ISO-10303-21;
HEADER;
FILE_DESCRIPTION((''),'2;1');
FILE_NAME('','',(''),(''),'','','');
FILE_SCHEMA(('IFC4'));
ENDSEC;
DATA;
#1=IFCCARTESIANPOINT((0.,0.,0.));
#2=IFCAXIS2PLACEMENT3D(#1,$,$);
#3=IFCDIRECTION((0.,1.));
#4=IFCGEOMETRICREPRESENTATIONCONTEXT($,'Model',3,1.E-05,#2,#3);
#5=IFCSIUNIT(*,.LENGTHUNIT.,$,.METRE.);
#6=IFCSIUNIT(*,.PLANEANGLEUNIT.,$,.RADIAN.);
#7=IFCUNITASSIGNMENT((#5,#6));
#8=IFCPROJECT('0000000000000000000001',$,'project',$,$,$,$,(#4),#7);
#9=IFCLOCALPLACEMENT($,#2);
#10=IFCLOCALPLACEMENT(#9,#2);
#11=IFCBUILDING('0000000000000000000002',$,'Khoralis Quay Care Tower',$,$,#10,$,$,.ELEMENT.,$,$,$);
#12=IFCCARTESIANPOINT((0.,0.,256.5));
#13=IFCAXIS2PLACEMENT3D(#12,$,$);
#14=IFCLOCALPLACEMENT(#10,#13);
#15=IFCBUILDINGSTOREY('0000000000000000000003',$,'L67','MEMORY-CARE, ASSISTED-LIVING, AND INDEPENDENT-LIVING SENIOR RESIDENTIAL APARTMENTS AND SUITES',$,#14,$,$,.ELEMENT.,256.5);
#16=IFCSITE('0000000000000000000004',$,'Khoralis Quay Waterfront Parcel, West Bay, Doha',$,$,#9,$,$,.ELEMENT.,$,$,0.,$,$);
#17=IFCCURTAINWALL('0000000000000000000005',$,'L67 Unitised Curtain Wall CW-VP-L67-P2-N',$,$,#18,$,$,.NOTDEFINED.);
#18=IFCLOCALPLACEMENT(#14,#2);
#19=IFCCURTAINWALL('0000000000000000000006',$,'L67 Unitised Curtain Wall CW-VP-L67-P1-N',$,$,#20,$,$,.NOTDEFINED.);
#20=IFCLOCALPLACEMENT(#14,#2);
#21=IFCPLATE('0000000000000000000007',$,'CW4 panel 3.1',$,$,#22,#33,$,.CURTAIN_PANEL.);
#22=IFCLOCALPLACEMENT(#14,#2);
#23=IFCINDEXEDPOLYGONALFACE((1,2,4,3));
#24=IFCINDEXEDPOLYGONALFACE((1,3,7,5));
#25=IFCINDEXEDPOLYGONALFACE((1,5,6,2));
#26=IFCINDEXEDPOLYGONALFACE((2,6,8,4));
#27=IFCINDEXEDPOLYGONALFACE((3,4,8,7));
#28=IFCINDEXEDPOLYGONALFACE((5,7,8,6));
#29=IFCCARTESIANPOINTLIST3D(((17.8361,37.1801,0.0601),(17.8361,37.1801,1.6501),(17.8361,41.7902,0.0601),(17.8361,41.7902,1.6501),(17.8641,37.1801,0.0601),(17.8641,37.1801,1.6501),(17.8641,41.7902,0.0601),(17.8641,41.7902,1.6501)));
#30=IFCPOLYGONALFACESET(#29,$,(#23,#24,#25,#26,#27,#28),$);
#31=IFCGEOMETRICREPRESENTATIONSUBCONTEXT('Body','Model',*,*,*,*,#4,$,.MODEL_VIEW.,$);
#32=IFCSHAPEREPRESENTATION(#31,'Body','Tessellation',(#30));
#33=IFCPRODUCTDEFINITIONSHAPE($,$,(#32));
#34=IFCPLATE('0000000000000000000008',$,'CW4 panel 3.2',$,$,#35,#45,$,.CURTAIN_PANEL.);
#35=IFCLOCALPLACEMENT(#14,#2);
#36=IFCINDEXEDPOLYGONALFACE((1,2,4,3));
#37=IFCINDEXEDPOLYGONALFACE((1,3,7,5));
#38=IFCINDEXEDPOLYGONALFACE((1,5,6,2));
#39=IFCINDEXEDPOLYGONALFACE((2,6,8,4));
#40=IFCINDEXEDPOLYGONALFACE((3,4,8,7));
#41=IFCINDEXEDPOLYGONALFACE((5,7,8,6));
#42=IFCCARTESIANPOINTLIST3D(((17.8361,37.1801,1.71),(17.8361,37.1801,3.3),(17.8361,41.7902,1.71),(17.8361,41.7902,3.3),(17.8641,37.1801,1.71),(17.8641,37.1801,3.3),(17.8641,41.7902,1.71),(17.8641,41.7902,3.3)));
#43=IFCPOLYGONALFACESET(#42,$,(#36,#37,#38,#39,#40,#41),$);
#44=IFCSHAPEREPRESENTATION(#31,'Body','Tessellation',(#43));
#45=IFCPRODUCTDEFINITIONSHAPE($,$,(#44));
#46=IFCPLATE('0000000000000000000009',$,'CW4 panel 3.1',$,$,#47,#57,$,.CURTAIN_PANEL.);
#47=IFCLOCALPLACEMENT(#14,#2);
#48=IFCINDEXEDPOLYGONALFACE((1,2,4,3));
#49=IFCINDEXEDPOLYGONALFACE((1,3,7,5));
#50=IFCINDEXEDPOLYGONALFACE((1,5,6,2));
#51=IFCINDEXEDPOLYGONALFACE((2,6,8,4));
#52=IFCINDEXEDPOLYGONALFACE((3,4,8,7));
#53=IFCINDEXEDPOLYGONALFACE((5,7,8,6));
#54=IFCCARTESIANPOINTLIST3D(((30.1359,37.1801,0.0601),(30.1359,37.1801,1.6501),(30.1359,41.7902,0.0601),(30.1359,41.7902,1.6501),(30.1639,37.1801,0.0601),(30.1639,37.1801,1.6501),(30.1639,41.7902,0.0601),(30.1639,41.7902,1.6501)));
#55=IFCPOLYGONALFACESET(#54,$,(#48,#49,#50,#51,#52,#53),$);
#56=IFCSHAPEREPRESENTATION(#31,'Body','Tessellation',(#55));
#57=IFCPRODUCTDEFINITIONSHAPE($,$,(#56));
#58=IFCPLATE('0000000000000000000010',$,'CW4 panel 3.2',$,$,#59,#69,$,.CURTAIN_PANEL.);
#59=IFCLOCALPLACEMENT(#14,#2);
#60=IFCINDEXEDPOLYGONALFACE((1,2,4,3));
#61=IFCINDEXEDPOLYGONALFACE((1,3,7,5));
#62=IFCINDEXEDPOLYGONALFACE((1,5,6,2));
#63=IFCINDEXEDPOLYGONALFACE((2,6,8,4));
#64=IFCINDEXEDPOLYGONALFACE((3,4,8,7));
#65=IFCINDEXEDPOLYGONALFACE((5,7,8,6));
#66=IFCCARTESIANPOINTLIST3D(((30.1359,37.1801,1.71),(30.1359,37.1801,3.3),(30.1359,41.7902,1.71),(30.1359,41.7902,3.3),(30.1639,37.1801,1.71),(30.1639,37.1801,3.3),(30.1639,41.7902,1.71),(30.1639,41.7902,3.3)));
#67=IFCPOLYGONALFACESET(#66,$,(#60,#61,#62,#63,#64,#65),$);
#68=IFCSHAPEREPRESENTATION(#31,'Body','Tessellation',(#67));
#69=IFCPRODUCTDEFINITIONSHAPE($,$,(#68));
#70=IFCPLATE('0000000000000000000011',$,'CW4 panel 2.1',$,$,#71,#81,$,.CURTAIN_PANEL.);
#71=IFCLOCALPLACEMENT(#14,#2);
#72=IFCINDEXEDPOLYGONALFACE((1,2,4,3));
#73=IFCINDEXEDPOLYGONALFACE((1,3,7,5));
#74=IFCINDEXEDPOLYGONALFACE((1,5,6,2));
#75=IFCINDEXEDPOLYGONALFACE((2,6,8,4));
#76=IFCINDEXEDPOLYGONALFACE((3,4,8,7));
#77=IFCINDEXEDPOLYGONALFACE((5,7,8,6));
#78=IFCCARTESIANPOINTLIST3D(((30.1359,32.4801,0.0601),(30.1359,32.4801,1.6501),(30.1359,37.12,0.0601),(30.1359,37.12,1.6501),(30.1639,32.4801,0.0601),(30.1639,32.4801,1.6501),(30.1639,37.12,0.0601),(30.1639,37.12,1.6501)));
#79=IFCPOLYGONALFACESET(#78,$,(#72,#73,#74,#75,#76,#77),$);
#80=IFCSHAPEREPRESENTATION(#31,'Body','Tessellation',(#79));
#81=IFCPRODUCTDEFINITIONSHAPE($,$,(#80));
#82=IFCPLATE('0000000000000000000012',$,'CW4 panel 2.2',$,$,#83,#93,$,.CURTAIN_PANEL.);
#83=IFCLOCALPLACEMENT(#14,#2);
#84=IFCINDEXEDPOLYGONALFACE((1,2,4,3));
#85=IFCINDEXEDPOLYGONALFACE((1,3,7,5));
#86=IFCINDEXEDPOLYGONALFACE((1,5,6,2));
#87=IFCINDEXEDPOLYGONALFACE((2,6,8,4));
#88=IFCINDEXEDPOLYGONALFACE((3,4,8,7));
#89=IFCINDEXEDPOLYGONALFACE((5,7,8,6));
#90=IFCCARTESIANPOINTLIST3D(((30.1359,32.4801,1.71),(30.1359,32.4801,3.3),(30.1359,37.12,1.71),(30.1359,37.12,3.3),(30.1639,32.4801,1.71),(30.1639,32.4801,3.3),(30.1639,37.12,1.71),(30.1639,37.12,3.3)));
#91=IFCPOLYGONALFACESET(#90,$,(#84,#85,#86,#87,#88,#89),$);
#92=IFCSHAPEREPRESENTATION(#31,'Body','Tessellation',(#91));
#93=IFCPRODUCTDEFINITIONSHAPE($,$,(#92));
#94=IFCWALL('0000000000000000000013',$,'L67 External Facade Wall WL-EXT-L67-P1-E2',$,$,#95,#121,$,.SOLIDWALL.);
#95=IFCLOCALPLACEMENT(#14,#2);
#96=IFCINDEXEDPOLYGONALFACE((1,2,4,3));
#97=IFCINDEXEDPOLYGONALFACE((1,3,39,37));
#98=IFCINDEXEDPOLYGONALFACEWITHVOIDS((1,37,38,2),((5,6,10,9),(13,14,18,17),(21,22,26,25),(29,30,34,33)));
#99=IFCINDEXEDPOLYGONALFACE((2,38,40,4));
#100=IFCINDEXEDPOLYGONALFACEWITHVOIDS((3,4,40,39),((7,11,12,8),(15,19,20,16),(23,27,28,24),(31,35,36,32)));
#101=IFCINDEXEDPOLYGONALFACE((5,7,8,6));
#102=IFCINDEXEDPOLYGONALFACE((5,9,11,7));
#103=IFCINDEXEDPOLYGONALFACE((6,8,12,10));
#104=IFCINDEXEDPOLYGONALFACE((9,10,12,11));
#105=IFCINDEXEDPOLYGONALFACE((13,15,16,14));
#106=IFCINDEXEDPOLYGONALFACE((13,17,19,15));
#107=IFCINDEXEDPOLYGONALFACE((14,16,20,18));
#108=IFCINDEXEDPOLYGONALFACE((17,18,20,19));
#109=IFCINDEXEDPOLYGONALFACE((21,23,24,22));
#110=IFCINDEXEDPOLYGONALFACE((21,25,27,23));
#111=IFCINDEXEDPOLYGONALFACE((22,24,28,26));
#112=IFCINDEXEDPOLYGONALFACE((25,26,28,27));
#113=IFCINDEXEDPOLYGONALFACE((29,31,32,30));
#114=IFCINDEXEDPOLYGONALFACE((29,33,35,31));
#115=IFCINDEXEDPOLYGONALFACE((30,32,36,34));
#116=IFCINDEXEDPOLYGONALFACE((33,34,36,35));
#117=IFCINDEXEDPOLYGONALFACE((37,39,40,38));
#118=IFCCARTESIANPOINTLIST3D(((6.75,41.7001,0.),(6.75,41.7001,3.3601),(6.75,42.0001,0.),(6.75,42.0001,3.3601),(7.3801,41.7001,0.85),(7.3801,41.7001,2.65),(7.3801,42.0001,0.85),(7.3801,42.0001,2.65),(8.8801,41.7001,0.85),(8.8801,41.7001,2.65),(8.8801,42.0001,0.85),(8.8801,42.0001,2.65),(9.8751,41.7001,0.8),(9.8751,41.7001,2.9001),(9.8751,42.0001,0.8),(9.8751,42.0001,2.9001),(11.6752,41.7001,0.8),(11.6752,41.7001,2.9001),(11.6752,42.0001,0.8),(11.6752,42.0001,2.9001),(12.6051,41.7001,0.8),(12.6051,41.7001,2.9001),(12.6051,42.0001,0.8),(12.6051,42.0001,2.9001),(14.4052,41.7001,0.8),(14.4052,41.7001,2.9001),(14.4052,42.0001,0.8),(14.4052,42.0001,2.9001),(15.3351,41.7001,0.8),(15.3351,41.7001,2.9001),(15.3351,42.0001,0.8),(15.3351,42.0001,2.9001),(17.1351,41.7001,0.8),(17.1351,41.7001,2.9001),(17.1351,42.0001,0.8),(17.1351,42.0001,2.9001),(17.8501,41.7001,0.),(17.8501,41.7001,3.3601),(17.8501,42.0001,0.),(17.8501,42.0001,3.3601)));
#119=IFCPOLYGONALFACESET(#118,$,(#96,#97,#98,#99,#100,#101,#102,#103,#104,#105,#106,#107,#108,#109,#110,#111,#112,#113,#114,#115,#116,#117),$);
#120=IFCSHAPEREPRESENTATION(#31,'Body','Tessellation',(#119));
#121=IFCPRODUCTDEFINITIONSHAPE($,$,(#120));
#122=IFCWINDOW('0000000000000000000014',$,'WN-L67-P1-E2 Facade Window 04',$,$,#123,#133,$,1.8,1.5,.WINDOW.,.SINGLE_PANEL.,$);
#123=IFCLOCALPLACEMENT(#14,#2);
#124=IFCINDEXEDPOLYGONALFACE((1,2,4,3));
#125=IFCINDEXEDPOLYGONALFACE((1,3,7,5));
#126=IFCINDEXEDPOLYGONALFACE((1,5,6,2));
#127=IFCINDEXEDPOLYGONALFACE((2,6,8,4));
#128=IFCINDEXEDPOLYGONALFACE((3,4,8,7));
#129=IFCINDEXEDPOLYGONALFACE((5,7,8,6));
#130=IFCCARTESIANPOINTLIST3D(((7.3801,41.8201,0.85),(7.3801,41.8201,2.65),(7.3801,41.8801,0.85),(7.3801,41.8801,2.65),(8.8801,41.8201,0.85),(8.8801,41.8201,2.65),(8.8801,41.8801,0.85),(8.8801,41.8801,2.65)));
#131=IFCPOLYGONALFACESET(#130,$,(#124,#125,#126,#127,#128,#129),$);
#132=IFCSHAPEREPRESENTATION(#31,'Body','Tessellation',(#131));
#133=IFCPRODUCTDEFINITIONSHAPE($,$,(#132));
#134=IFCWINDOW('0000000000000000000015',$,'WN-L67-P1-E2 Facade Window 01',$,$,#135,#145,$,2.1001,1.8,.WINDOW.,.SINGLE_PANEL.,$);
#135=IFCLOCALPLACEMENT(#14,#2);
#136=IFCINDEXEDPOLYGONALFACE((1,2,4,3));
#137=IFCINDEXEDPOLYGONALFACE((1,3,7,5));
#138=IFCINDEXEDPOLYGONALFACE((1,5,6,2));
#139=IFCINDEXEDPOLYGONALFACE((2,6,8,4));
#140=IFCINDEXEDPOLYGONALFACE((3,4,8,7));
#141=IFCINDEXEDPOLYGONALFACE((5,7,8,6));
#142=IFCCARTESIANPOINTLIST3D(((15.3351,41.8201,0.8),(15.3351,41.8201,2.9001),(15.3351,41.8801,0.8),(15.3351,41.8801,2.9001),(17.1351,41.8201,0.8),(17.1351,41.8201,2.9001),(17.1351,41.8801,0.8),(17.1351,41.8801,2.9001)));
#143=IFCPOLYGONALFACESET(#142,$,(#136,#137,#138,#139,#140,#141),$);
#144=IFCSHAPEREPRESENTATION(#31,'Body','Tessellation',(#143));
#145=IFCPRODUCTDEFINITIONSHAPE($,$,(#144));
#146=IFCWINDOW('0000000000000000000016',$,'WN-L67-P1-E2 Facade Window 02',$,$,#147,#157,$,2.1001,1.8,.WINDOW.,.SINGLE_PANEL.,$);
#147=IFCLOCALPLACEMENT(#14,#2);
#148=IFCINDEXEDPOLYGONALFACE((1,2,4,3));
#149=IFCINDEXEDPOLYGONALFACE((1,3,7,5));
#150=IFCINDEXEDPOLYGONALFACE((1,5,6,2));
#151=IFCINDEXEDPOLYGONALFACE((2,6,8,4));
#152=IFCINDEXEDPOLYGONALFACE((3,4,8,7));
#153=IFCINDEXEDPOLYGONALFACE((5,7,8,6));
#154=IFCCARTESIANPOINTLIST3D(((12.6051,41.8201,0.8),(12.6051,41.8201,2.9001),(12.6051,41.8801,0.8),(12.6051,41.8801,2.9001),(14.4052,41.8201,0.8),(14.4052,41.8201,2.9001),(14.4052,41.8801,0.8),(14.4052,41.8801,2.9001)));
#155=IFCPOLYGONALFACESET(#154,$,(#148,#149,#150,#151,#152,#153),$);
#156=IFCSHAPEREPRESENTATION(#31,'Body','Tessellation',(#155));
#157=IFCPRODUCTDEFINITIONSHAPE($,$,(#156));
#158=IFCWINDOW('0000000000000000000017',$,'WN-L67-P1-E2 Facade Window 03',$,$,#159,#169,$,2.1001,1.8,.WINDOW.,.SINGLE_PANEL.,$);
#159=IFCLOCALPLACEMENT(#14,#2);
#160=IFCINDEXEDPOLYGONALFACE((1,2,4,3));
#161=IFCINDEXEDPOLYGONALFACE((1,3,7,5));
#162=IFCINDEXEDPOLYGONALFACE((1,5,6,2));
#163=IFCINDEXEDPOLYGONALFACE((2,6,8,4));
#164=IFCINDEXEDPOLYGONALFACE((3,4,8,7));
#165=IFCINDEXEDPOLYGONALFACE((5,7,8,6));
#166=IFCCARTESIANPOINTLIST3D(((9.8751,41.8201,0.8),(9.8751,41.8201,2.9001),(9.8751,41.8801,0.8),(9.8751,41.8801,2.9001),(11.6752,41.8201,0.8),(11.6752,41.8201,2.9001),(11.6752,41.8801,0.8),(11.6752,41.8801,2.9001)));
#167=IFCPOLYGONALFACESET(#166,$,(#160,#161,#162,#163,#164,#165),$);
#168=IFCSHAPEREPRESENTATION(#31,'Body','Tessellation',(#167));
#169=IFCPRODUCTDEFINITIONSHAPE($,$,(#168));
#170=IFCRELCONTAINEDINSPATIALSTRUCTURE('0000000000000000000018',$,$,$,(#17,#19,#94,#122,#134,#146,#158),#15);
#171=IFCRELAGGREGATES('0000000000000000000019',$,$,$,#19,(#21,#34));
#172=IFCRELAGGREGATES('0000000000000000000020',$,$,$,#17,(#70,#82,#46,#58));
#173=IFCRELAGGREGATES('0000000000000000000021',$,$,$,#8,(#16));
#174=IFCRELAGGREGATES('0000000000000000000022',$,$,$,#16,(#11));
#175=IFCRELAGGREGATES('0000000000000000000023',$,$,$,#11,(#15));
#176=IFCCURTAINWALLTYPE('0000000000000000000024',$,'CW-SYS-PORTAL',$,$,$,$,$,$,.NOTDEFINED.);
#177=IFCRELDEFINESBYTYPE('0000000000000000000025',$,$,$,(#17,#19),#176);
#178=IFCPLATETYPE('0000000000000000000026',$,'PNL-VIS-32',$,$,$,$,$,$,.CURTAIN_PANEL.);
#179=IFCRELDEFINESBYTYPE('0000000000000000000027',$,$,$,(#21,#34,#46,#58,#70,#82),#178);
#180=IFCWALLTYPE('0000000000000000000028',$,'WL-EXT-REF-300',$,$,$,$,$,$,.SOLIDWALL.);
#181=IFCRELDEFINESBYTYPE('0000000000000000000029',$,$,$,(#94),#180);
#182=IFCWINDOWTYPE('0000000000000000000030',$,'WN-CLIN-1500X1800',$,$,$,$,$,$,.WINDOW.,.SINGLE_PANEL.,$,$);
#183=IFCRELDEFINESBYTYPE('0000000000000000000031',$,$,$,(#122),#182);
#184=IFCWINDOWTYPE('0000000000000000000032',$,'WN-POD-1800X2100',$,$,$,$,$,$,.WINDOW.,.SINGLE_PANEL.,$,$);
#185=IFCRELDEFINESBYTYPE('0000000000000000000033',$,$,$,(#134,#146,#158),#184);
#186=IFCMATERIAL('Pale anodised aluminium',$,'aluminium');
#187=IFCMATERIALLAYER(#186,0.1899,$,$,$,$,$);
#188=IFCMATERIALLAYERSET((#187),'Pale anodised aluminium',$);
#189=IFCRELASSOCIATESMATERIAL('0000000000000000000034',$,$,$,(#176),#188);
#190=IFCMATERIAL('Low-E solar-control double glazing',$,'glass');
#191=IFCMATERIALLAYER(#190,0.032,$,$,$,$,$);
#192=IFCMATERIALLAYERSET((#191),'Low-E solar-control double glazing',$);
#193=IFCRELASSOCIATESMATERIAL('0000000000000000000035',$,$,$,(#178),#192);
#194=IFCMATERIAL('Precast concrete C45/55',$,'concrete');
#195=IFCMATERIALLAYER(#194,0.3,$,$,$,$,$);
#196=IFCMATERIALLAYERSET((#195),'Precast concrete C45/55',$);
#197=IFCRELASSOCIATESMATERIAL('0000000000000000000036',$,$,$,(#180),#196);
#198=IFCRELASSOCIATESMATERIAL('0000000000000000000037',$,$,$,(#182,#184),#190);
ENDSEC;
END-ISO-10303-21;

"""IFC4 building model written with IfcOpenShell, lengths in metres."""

from ifc_helpers import new_model, si_unit, direction, frame, frame_2d, origin, origin_2d, place, context, subcontext, project, spatial, rectangle, extrude, source, transform, mapped, material, layer, layer_set, type_object, element, fill, aggregate, save


model = new_model("IFC4")

# Units and contexts
model_context = context("Model", 3, precision=1e-05, world=origin(), true_north=direction((0.0, 1.0)))
body_context = subcontext(model_context, "Body", "Model", "MODEL_VIEW")
ifc_project = project(units=[si_unit("LENGTHUNIT", "METRE"), si_unit("PLANEANGLEUNIT", "RADIAN")], contexts=[model_context])

# Site, building, storey
site_placement = place(None, origin())
site = spatial("IfcSite", under=ifc_project, at=site_placement, Name="Khoralis Quay Waterfront Parcel, West Bay, Doha", CompositionType="ELEMENT", RefElevation=0.0)
building_placement = place(site_placement, origin())
building = spatial("IfcBuilding", under=site, at=building_placement, Name="Khoralis Quay Care Tower", CompositionType="ELEMENT")
storey_placement = place(building_placement, frame((0.0, 0.0, 256.5)))
storey = spatial("IfcBuildingStorey", under=building, at=storey_placement, Name="L67", Description="MEMORY-CARE, ASSISTED-LIVING, AND INDEPENDENT-LIVING SENIOR RESIDENTIAL APARTMENTS AND SUITES", CompositionType="ELEMENT", Elevation=256.5)

# Curtain wall
ifc_material_1 = material(Name="Pale anodised aluminium", Category="aluminium")
ifc_layer_1 = layer(ifc_material_1, 0.1899)
ifc_layer_set_1 = layer_set([ifc_layer_1], Name="Pale anodised aluminium")
curtain_wall_type = type_object("IfcCurtainWallType", Name="CW-SYS-PORTAL", PredefinedType="NOTDEFINED", material=ifc_layer_set_1)
curtain_wall_1_placement = place(storey_placement, origin())
curtain_wall_1 = element("IfcCurtainWall", 1, at=curtain_wall_1_placement, inside=storey, type_object=curtain_wall_type, Name="L67 Unitised Curtain Wall CW-VP-L67-P2-N", PredefinedType="NOTDEFINED")

# Curtain wall
curtain_wall_2_placement = place(storey_placement, origin())
curtain_wall_2 = element("IfcCurtainWall", 2, at=curtain_wall_2_placement, inside=storey, type_object=curtain_wall_type, Name="L67 Unitised Curtain Wall CW-VP-L67-P1-N", PredefinedType="NOTDEFINED")

# Plates
ifc_material_2 = material(Name="Low-E solar-control double glazing", Category="glass")
ifc_layer_2 = layer(ifc_material_2, 0.032)
ifc_layer_set_2 = layer_set([ifc_layer_2], Name="Low-E solar-control double glazing")
plate_type = type_object("IfcPlateType", Name="PNL-VIS-32", PredefinedType="CURTAIN_PANEL", material=ifc_layer_set_2)
shared_shape_1 = source(origin(), body_context, "Body", "SweptSolid", [
    extrude(rectangle(XDim=4.6101, YDim=0.0281, at=origin_2d()), origin(), (0.0, 0.0, 1.0), 1.5901),
])
plate_1_placement = place(storey_placement, frame((17.8501, 39.4851, 0.0601), z_axis=(0.0, 0.0, 1.0), x_axis=(0.0, 1.0, 0.0)))
plate_1 = element("IfcPlate", 3, at=plate_1_placement, type_object=plate_type, Name="CW4 panel 3.1", PredefinedType="CURTAIN_PANEL", context=body_context, shape_type="MappedRepresentation", body=[
    mapped(shared_shape_1, transform((0.0, 0.0, 0.0), scale=1.0)),
])
plate_2_placement = place(storey_placement, frame((17.8501, 39.4851, 1.71), z_axis=(0.0, 0.0, 1.0), x_axis=(0.0, 1.0, 0.0)))
plate_2 = element("IfcPlate", 4, at=plate_2_placement, type_object=plate_type, Name="CW4 panel 3.2", PredefinedType="CURTAIN_PANEL", context=body_context, shape_type="MappedRepresentation", body=[
    mapped(shared_shape_1, transform((0.0, 0.0, 0.0), scale=1.0)),
])
aggregate(curtain_wall_2, [plate_1, plate_2])
plate_3_placement = place(storey_placement, frame((30.1499, 39.4851, 0.0601), z_axis=(0.0, 0.0, 1.0), x_axis=(0.0, 1.0, 0.0)))
plate_3 = element("IfcPlate", 5, at=plate_3_placement, type_object=plate_type, Name="CW4 panel 3.1", PredefinedType="CURTAIN_PANEL", context=body_context, shape_type="MappedRepresentation", body=[
    mapped(shared_shape_1, transform((0.0, 0.0, 0.0), scale=1.0)),
])
plate_4_placement = place(storey_placement, frame((30.1499, 39.4851, 1.71), z_axis=(0.0, 0.0, 1.0), x_axis=(0.0, 1.0, 0.0)))
plate_4 = element("IfcPlate", 6, at=plate_4_placement, type_object=plate_type, Name="CW4 panel 3.2", PredefinedType="CURTAIN_PANEL", context=body_context, shape_type="MappedRepresentation", body=[
    mapped(shared_shape_1, transform((0.0, 0.0, 0.0), scale=1.0)),
])
shared_shape_2 = source(origin(), body_context, "Body", "SweptSolid", [
    extrude(rectangle(XDim=4.6399, YDim=0.0281, at=origin_2d()), origin(), (0.0, 0.0, 1.0), 1.5901),
])
plate_5_placement = place(storey_placement, frame((30.1499, 34.8, 0.0601), z_axis=(0.0, 0.0, 1.0), x_axis=(0.0, 1.0, 0.0)))
plate_5 = element("IfcPlate", 7, at=plate_5_placement, type_object=plate_type, Name="CW4 panel 2.1", PredefinedType="CURTAIN_PANEL", context=body_context, shape_type="MappedRepresentation", body=[
    mapped(shared_shape_2, transform((0.0, 0.0, 0.0), scale=1.0)),
])
plate_6_placement = place(storey_placement, frame((30.1499, 34.8, 1.71), z_axis=(0.0, 0.0, 1.0), x_axis=(0.0, 1.0, 0.0)))
plate_6 = element("IfcPlate", 8, at=plate_6_placement, type_object=plate_type, Name="CW4 panel 2.2", PredefinedType="CURTAIN_PANEL", context=body_context, shape_type="MappedRepresentation", body=[
    mapped(shared_shape_2, transform((0.0, 0.0, 0.0), scale=1.0)),
])
aggregate(curtain_wall_1, [plate_5, plate_6, plate_3, plate_4])

# Wall, openings, windows
ifc_material_3 = material(Name="Precast concrete C45/55", Category="concrete")
ifc_layer_3 = layer(ifc_material_3, 0.3)
ifc_layer_set_3 = layer_set([ifc_layer_3], Name="Precast concrete C45/55")
wall_type = type_object("IfcWallType", Name="WL-EXT-REF-300", PredefinedType="SOLIDWALL", material=ifc_layer_set_3)
wall_placement = place(storey_placement, frame((17.8501, 41.8501, 0.0), z_axis=(0.0, 0.0, 1.0), x_axis=(-1.0, 0.0, 0.0)))
wall = element("IfcWall", 9, at=wall_placement, inside=storey, type_object=wall_type, Name="L67 External Facade Wall WL-EXT-L67-P1-E2", PredefinedType="SOLIDWALL", context=body_context, shape_type="SweptSolid", body=[
    extrude(rectangle(XDim=11.1001, YDim=0.3, at=frame_2d((5.55, 0.0))), origin(), (0.0, 0.0, 1.0), 3.3601),
])
opening_1_placement = place(wall_placement, frame((0.7151, 0.0, 0.8)))
opening_1 = element("IfcOpeningElement", 10, at=opening_1_placement, cuts=wall, PredefinedType="OPENING", context=body_context, shape_type="SweptSolid", body=[
    extrude(rectangle(XDim=1.8, YDim=2.1001, at=frame_2d((0.8999, 1.05))), frame((0.0, 0.1602, 0.0), z_axis=(0.0, -1.0, 0.0), x_axis=(1.0, 0.0, 0.0)), (0.0, 0.0, 1.0), 0.3201),
])
opening_2_placement = place(wall_placement, frame((3.4451, 0.0, 0.8)))
opening_2 = element("IfcOpeningElement", 11, at=opening_2_placement, cuts=wall, PredefinedType="OPENING", context=body_context, shape_type="SweptSolid", body=[
    extrude(rectangle(XDim=1.8, YDim=2.1001, at=frame_2d((0.8999, 1.05))), frame((0.0, 0.1602, 0.0), z_axis=(0.0, -1.0, 0.0), x_axis=(1.0, 0.0, 0.0)), (0.0, 0.0, 1.0), 0.3201),
])
opening_3_placement = place(wall_placement, frame((6.175, 0.0, 0.8)))
opening_3 = element("IfcOpeningElement", 12, at=opening_3_placement, cuts=wall, PredefinedType="OPENING", context=body_context, shape_type="SweptSolid", body=[
    extrude(rectangle(XDim=1.8, YDim=2.1001, at=frame_2d((0.8999, 1.05))), frame((0.0, 0.1602, 0.0), z_axis=(0.0, -1.0, 0.0), x_axis=(1.0, 0.0, 0.0)), (0.0, 0.0, 1.0), 0.3201),
])
opening_4_placement = place(wall_placement, frame((8.97, 0.0, 0.8501)))
opening_4 = element("IfcOpeningElement", 13, at=opening_4_placement, cuts=wall, PredefinedType="OPENING", context=body_context, shape_type="SweptSolid", body=[
    extrude(rectangle(XDim=1.5, YDim=1.8, at=frame_2d((0.75, 0.8999))), frame((0.0, 0.1602, 0.0), z_axis=(0.0, -1.0, 0.0), x_axis=(1.0, 0.0, 0.0)), (0.0, 0.0, 1.0), 0.3201),
])
window_type_1 = type_object("IfcWindowType", Name="WN-CLIN-1500X1800", PartitioningType="SINGLE_PANEL", PredefinedType="WINDOW", material=ifc_material_2)
shared_shape_3 = source(origin(), body_context, "Body", "SweptSolid", [
    extrude(rectangle(XDim=1.5, YDim=1.8, at=frame_2d((0.75, 0.8999))), frame((0.0, 0.03, 0.0), z_axis=(0.0, -1.0, 0.0), x_axis=(1.0, 0.0, 0.0)), (0.0, 0.0, 1.0), 0.0601),
])
window_1_placement = place(opening_4_placement, origin())
window_1 = element("IfcWindow", 14, at=window_1_placement, inside=storey, type_object=window_type_1, Name="WN-L67-P1-E2 Facade Window 04", OverallHeight=1.8, OverallWidth=1.5, PartitioningType="SINGLE_PANEL", PredefinedType="WINDOW", context=body_context, shape_type="MappedRepresentation", body=[
    mapped(shared_shape_3, transform((0.0, 0.0, 0.0), scale=1.0)),
])
fill(opening_4, window_1)
window_type_2 = type_object("IfcWindowType", Name="WN-POD-1800X2100", PartitioningType="SINGLE_PANEL", PredefinedType="WINDOW", material=ifc_material_2)
shared_shape_4 = source(origin(), body_context, "Body", "SweptSolid", [
    extrude(rectangle(XDim=1.8, YDim=2.1001, at=frame_2d((0.8999, 1.05))), frame((0.0, 0.03, 0.0), z_axis=(0.0, -1.0, 0.0), x_axis=(1.0, 0.0, 0.0)), (0.0, 0.0, 1.0), 0.0601),
])
window_2_placement = place(opening_1_placement, origin())
window_2 = element("IfcWindow", 15, at=window_2_placement, inside=storey, type_object=window_type_2, Name="WN-L67-P1-E2 Facade Window 01", OverallHeight=2.1001, OverallWidth=1.8, PartitioningType="SINGLE_PANEL", PredefinedType="WINDOW", context=body_context, shape_type="MappedRepresentation", body=[
    mapped(shared_shape_4, transform((0.0, 0.0, 0.0), scale=1.0)),
])
fill(opening_1, window_2)
window_3_placement = place(opening_2_placement, origin())
window_3 = element("IfcWindow", 16, at=window_3_placement, inside=storey, type_object=window_type_2, Name="WN-L67-P1-E2 Facade Window 02", OverallHeight=2.1001, OverallWidth=1.8, PartitioningType="SINGLE_PANEL", PredefinedType="WINDOW", context=body_context, shape_type="MappedRepresentation", body=[
    mapped(shared_shape_4, transform((0.0, 0.0, 0.0), scale=1.0)),
])
fill(opening_2, window_3)
window_4_placement = place(opening_3_placement, origin())
window_4 = element("IfcWindow", 17, at=window_4_placement, inside=storey, type_object=window_type_2, Name="WN-L67-P1-E2 Facade Window 03", OverallHeight=2.1001, OverallWidth=1.8, PartitioningType="SINGLE_PANEL", PredefinedType="WINDOW", context=body_context, shape_type="MappedRepresentation", body=[
    mapped(shared_shape_4, transform((0.0, 0.0, 0.0), scale=1.0)),
])
fill(opening_3, window_4)

save(model, "model.ifc")
